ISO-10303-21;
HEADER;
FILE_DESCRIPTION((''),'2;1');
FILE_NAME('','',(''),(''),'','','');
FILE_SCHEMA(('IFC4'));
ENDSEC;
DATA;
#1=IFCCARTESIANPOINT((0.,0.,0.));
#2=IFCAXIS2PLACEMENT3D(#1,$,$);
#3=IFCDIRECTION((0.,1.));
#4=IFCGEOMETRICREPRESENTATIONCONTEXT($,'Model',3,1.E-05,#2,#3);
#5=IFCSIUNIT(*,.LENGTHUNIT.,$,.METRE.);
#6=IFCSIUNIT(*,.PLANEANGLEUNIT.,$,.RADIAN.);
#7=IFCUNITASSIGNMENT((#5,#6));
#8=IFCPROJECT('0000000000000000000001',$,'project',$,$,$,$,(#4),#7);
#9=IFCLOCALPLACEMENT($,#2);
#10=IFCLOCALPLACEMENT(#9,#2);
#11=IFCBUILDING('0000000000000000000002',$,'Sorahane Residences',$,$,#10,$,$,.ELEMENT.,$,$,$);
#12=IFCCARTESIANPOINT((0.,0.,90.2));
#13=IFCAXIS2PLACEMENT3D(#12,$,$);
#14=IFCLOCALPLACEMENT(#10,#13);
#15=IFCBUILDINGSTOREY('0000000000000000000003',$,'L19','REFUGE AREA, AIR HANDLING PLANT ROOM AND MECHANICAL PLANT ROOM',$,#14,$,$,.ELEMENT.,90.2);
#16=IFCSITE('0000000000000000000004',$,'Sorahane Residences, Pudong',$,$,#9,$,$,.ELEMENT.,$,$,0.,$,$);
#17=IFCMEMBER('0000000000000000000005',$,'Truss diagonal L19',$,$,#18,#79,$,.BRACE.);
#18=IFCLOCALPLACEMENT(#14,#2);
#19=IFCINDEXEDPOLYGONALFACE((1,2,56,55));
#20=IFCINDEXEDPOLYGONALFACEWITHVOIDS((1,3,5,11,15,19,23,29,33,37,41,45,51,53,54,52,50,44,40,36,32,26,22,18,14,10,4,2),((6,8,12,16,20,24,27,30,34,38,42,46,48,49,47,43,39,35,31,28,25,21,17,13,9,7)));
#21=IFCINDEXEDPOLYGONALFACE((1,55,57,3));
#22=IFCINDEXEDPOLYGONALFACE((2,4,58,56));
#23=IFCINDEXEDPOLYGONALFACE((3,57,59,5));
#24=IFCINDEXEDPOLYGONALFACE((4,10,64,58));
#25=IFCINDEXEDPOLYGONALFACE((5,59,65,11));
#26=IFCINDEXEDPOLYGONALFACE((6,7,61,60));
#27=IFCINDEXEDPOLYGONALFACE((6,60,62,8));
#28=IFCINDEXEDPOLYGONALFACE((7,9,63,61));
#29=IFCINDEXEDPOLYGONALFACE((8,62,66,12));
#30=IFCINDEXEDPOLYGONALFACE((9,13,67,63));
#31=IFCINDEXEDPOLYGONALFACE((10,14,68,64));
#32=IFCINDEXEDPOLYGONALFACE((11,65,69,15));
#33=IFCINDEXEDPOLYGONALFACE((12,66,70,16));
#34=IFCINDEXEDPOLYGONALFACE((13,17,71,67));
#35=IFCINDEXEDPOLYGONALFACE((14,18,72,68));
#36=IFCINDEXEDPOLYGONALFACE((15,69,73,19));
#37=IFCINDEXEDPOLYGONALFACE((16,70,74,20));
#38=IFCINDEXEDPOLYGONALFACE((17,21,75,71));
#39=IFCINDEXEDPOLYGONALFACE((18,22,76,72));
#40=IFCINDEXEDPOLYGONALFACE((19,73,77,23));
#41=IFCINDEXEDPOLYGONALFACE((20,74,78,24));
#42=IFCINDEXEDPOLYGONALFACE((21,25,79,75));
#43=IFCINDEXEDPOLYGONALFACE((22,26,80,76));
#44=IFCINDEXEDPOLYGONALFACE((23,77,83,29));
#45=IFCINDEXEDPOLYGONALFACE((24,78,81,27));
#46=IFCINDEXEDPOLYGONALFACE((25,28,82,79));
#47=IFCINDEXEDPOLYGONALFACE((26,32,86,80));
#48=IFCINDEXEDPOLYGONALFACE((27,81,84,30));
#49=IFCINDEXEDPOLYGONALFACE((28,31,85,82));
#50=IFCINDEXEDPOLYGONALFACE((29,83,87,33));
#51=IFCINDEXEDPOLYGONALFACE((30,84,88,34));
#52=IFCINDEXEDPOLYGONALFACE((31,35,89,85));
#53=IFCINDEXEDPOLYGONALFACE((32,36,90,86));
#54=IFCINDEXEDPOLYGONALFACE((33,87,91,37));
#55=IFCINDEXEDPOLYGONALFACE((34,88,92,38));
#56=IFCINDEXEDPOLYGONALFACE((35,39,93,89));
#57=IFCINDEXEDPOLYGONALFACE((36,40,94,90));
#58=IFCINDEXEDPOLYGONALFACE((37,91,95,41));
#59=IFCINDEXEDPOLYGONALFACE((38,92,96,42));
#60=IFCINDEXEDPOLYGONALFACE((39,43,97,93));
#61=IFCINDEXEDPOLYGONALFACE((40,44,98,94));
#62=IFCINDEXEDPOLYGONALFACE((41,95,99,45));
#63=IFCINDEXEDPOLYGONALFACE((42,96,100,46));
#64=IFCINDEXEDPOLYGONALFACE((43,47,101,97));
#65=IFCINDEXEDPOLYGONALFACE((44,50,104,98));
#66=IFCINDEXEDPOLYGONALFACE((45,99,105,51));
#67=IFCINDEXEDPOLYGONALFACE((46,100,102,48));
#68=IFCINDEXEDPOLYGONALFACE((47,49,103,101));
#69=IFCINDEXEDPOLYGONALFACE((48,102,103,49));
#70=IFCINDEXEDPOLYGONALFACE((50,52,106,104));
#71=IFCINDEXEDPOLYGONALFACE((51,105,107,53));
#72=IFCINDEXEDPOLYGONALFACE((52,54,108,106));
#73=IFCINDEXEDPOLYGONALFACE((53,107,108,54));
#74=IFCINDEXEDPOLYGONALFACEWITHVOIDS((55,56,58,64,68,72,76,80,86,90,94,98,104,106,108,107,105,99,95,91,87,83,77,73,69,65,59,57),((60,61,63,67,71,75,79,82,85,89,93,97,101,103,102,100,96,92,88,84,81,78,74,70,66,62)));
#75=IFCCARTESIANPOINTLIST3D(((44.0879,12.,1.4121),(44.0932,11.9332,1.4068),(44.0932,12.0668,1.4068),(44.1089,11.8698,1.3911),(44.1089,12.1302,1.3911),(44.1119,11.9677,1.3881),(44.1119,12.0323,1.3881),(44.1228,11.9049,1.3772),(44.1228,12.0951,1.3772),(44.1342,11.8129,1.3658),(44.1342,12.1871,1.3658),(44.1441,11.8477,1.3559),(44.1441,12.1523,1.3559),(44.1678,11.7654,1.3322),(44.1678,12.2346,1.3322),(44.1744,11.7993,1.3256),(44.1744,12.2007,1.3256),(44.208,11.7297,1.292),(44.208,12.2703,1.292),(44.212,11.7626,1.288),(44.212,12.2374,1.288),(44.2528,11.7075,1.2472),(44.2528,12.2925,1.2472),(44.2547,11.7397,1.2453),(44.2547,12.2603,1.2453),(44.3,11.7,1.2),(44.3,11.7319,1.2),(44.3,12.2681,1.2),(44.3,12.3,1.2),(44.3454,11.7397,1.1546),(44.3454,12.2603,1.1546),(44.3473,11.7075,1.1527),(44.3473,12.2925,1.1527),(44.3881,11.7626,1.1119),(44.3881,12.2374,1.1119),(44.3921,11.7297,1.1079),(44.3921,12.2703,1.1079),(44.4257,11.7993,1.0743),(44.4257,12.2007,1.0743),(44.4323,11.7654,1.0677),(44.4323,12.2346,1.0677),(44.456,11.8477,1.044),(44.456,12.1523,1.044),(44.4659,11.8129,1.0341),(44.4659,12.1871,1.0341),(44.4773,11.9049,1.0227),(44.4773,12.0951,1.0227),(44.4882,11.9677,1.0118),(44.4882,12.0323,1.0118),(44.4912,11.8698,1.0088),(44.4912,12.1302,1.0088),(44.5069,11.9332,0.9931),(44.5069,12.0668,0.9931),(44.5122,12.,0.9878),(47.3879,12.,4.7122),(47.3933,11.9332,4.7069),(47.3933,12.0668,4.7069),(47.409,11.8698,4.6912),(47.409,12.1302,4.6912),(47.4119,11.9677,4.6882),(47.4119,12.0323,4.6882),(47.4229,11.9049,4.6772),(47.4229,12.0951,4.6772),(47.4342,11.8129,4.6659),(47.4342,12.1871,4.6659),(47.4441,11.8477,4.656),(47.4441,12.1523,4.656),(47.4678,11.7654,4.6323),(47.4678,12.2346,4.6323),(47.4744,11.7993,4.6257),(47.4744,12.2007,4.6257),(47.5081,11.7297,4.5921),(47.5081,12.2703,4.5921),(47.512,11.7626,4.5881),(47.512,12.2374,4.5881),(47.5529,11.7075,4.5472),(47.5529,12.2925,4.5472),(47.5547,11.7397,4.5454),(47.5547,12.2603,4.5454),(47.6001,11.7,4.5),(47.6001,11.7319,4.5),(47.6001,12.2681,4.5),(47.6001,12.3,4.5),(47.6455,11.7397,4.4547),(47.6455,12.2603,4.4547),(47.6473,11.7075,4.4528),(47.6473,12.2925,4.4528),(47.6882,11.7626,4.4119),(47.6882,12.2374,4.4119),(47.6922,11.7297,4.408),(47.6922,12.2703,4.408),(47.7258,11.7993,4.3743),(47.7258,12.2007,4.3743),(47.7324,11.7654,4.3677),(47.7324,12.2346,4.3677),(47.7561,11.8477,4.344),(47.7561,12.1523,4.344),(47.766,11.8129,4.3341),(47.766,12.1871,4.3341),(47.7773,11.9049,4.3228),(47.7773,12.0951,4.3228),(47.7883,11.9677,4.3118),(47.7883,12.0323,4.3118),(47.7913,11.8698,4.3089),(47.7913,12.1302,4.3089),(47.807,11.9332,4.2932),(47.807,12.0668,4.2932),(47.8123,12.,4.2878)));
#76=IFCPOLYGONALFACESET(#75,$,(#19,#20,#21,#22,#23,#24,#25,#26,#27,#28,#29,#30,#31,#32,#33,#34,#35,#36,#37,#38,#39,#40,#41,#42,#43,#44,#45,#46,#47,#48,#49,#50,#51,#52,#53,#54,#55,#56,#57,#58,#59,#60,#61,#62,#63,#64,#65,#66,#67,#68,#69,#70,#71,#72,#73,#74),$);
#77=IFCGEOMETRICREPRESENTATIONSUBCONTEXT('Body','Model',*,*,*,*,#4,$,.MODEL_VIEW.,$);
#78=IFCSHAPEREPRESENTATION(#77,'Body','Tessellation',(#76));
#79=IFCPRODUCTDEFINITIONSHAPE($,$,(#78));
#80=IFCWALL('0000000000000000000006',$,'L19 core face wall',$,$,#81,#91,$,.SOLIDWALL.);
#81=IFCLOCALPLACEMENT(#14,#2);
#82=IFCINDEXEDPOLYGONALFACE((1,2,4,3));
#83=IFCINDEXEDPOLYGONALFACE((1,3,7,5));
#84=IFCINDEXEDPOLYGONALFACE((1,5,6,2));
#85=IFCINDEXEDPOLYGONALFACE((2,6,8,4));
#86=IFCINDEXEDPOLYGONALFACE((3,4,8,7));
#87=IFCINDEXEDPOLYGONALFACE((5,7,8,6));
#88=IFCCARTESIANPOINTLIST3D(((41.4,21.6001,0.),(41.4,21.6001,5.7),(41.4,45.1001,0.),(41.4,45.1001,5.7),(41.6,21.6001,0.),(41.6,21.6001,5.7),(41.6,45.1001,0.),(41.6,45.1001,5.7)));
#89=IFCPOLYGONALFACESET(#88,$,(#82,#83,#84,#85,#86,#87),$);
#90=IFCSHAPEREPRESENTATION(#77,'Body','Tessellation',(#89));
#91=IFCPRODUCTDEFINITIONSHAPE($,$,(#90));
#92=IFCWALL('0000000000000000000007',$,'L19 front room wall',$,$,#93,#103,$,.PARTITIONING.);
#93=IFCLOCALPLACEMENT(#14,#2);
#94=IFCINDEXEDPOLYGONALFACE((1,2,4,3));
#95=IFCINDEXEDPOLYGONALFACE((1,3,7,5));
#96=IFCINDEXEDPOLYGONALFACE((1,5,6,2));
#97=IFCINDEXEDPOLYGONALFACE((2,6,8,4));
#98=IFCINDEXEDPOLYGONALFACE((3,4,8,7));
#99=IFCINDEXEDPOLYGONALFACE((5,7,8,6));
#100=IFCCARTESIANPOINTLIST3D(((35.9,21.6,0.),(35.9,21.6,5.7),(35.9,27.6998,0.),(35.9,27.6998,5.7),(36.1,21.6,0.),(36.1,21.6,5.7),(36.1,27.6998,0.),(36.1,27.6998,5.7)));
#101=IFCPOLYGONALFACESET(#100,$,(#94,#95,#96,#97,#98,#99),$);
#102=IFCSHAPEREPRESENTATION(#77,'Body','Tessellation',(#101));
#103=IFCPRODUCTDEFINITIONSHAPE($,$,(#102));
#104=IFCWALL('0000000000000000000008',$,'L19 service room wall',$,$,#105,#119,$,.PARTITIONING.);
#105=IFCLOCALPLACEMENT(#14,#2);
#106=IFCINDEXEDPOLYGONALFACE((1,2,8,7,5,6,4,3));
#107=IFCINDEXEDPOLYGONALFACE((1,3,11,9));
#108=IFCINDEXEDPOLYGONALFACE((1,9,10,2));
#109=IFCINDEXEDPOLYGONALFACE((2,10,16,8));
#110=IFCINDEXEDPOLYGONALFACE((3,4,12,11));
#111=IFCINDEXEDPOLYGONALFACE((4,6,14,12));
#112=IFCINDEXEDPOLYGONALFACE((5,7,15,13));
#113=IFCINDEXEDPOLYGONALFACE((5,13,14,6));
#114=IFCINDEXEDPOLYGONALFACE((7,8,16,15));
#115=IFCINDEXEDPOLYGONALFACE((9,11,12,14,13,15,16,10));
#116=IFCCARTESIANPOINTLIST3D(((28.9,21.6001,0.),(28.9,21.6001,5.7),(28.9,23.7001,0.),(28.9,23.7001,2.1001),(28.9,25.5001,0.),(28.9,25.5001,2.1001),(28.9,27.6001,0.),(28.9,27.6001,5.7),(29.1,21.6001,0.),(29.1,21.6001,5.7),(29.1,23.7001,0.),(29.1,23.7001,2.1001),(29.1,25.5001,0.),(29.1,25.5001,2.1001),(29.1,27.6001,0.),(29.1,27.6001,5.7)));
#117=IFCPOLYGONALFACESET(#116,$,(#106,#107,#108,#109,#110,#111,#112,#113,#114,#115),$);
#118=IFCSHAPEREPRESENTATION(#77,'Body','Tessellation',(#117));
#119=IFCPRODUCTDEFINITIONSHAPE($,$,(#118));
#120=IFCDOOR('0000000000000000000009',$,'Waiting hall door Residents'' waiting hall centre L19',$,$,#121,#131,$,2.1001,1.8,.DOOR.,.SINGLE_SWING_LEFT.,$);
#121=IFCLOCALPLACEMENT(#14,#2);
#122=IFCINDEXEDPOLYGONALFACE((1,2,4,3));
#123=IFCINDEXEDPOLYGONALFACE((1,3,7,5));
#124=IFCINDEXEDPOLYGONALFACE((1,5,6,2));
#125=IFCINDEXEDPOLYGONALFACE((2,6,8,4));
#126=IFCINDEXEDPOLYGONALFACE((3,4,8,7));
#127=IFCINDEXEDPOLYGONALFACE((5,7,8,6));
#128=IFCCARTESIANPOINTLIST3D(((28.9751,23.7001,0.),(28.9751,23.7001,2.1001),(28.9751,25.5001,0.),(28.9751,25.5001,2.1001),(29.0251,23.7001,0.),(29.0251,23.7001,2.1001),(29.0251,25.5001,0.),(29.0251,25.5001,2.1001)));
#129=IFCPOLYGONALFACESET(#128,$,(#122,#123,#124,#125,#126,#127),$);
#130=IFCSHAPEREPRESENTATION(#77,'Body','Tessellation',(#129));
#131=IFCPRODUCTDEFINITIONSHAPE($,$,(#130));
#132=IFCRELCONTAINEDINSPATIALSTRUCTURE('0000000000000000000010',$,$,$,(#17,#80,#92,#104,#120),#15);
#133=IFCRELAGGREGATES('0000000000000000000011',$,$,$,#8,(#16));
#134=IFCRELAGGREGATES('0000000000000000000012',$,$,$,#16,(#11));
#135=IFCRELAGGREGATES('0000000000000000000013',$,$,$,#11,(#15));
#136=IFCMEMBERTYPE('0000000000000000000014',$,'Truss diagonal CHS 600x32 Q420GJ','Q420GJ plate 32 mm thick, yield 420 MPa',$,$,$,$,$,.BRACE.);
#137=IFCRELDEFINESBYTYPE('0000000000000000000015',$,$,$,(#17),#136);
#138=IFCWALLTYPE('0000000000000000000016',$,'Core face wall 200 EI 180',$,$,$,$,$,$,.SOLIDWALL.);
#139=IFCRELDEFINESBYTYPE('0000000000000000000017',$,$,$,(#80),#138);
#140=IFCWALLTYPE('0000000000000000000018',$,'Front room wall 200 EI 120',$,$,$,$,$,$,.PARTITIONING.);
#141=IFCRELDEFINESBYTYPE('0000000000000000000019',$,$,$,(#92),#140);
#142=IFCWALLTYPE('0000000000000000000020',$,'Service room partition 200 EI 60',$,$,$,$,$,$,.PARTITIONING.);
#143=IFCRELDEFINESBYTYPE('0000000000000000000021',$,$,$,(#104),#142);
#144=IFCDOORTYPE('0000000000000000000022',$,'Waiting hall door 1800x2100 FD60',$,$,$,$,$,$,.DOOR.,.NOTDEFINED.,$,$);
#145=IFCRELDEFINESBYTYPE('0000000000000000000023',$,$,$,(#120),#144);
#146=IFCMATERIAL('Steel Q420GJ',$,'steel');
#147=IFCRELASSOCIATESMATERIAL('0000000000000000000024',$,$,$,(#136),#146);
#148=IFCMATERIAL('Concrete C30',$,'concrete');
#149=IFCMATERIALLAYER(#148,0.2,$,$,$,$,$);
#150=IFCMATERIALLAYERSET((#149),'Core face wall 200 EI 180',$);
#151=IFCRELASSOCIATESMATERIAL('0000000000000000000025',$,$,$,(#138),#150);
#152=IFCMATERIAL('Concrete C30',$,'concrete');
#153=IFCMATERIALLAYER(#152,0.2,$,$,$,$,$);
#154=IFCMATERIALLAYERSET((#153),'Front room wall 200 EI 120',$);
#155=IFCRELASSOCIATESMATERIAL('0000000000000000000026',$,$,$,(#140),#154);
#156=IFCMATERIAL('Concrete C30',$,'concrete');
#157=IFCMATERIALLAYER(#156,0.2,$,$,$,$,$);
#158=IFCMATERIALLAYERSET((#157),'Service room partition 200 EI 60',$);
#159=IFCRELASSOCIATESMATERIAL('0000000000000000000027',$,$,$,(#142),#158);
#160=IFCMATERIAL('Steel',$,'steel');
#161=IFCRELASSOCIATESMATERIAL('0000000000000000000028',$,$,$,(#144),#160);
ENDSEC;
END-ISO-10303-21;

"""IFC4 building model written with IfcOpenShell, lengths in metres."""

from ifc_helpers import new_model, si_unit, direction, frame, frame_2d, origin, origin_2d, place, context, subcontext, project, spatial, rectangle, hollow_circle, extrude, material, layer, layer_set, material_profile, profile_set, type_object, element, fill, save


model = new_model("IFC4")

# Units and contexts
model_context = context("Model", 3, precision=1e-05, world=origin(), true_north=direction((0.0, 1.0)))
body_context = subcontext(model_context, "Body", "Model", "MODEL_VIEW")
ifc_project = project(units=[si_unit("LENGTHUNIT", "METRE"), si_unit("PLANEANGLEUNIT", "RADIAN")], contexts=[model_context])

# Site, building, storey
site_placement = place(None, origin())
site = spatial("IfcSite", under=ifc_project, at=site_placement, Name="Sorahane Residences, Pudong", CompositionType="ELEMENT", RefElevation=0.0)
building_placement = place(site_placement, origin())
building = spatial("IfcBuilding", under=site, at=building_placement, Name="Sorahane Residences", CompositionType="ELEMENT")
storey_placement = place(building_placement, frame((0.0, 0.0, 90.2)))
storey = spatial("IfcBuildingStorey", under=building, at=storey_placement, Name="L19", Description="REFUGE AREA, AIR HANDLING PLANT ROOM AND MECHANICAL PLANT ROOM", CompositionType="ELEMENT", Elevation=90.2)

# Member
ifc_material_1 = material(Name="Steel Q420GJ", Category="steel")
ifc_material_profile_1 = material_profile(ifc_material_1, hollow_circle(Radius=0.3, WallThickness=0.032, at=origin_2d()), Name="CHS 600x32")
ifc_profile_set_1 = profile_set([ifc_material_profile_1], Name="Steel Q420GJ")
member_type = type_object("IfcMemberType", Name="Truss diagonal CHS 600x32 Q420GJ", Description="Q420GJ plate 32 mm thick, yield 420 MPa", PredefinedType="BRACE", material=ifc_profile_set_1)
member_placement = place(storey_placement, frame((44.3, 12.0, 1.2), z_axis=(0.707107, 0.0, 0.707107), x_axis=(0.0, 1.0, 0.0)))
element("IfcMember", 1, at=member_placement, inside=storey, type_object=member_type, Name="Truss diagonal L19", PredefinedType="BRACE", context=body_context, shape_type="SweptSolid", body=[
    extrude(hollow_circle(Radius=0.3, WallThickness=0.032, at=origin_2d()), origin(), (0.0, 0.0, 1.0), 4.667),
])

# Walls
ifc_material_2 = material(Name="Concrete C30", Category="concrete")
ifc_layer_1 = layer(ifc_material_2, 0.2)
ifc_layer_set_1 = layer_set([ifc_layer_1], Name="Core face wall 200 EI 180")
wall_type_1 = type_object("IfcWallType", Name="Core face wall 200 EI 180", PredefinedType="SOLIDWALL", material=ifc_layer_set_1)
wall_1_placement = place(storey_placement, frame((41.5, 21.6001, 0.0), z_axis=(0.0, 0.0, 1.0), x_axis=(0.0, 1.0, 0.0)))
element("IfcWall", 2, at=wall_1_placement, inside=storey, type_object=wall_type_1, Name="L19 core face wall", PredefinedType="SOLIDWALL", context=body_context, shape_type="SweptSolid", body=[
    extrude(rectangle(XDim=23.5, YDim=0.2, at=frame_2d((11.75, 0.0))), origin(), (0.0, 0.0, 1.0), 5.7),
])
ifc_material_3 = material(Name="Concrete C30", Category="concrete")
ifc_layer_2 = layer(ifc_material_3, 0.2)
ifc_layer_set_2 = layer_set([ifc_layer_2], Name="Front room wall 200 EI 120")
wall_type_2 = type_object("IfcWallType", Name="Front room wall 200 EI 120", PredefinedType="PARTITIONING", material=ifc_layer_set_2)
wall_2_placement = place(storey_placement, frame((36.0, 21.6001, 0.0), z_axis=(0.0, 0.0, 1.0), x_axis=(0.0, 1.0, 0.0)))
element("IfcWall", 3, at=wall_2_placement, inside=storey, type_object=wall_type_2, Name="L19 front room wall", PredefinedType="PARTITIONING", context=body_context, shape_type="SweptSolid", body=[
    extrude(rectangle(XDim=6.0999, YDim=0.2, at=frame_2d((3.0498, 0.0))), origin(), (0.0, 0.0, 1.0), 5.7),
])

# Wall, opening, door
ifc_material_4 = material(Name="Concrete C30", Category="concrete")
ifc_layer_3 = layer(ifc_material_4, 0.2)
ifc_layer_set_3 = layer_set([ifc_layer_3], Name="Service room partition 200 EI 60")
wall_type_3 = type_object("IfcWallType", Name="Service room partition 200 EI 60", PredefinedType="PARTITIONING", material=ifc_layer_set_3)
wall_3_placement = place(storey_placement, frame((29.0, 21.6001, 0.0), z_axis=(0.0, 0.0, 1.0), x_axis=(0.0, 1.0, 0.0)))
wall_3 = element("IfcWall", 4, at=wall_3_placement, inside=storey, type_object=wall_type_3, Name="L19 service room wall", PredefinedType="PARTITIONING", context=body_context, shape_type="SweptSolid", body=[
    extrude(rectangle(XDim=6.0, YDim=0.2, at=frame_2d((3.0, 0.0))), origin(), (0.0, 0.0, 1.0), 5.7),
])
opening_1_placement = place(wall_3_placement, frame((2.1001, 0.0, 0.0)))
opening_1 = element("IfcOpeningElement", 5, at=opening_1_placement, cuts=wall_3, PredefinedType="OPENING", context=body_context, shape_type="SweptSolid", body=[
    extrude(rectangle(XDim=1.8, YDim=2.1001, at=frame_2d((0.8999, 1.05))), frame((0.0, 0.1099, 0.0), z_axis=(0.0, -1.0, 0.0), x_axis=(1.0, 0.0, 0.0)), (0.0, 0.0, 1.0), 0.22),
])
ifc_material_5 = material(Name="Steel", Category="steel")
door_type_1 = type_object("IfcDoorType", Name="Waiting hall door 1800x2100 FD60", OperationType="NOTDEFINED", PredefinedType="DOOR", material=ifc_material_5)
door_1_placement = place(opening_1_placement, origin())
door_1 = element("IfcDoor", 6, at=door_1_placement, inside=storey, type_object=door_type_1, Name="Waiting hall door Residents' waiting hall centre L19", OperationType="SINGLE_SWING_LEFT", OverallHeight=2.1001, OverallWidth=1.8, PredefinedType="DOOR", context=body_context, shape_type="SweptSolid", body=[
    extrude(rectangle(XDim=1.8, YDim=2.1001, at=frame_2d((0.8999, 1.05))), frame((0.0, 0.0249, 0.0), z_axis=(0.0, -1.0, 0.0), x_axis=(1.0, 0.0, 0.0)), (0.0, 0.0, 1.0), 0.05),
])
fill(opening_1, door_1)

save(model, "model.ifc")
